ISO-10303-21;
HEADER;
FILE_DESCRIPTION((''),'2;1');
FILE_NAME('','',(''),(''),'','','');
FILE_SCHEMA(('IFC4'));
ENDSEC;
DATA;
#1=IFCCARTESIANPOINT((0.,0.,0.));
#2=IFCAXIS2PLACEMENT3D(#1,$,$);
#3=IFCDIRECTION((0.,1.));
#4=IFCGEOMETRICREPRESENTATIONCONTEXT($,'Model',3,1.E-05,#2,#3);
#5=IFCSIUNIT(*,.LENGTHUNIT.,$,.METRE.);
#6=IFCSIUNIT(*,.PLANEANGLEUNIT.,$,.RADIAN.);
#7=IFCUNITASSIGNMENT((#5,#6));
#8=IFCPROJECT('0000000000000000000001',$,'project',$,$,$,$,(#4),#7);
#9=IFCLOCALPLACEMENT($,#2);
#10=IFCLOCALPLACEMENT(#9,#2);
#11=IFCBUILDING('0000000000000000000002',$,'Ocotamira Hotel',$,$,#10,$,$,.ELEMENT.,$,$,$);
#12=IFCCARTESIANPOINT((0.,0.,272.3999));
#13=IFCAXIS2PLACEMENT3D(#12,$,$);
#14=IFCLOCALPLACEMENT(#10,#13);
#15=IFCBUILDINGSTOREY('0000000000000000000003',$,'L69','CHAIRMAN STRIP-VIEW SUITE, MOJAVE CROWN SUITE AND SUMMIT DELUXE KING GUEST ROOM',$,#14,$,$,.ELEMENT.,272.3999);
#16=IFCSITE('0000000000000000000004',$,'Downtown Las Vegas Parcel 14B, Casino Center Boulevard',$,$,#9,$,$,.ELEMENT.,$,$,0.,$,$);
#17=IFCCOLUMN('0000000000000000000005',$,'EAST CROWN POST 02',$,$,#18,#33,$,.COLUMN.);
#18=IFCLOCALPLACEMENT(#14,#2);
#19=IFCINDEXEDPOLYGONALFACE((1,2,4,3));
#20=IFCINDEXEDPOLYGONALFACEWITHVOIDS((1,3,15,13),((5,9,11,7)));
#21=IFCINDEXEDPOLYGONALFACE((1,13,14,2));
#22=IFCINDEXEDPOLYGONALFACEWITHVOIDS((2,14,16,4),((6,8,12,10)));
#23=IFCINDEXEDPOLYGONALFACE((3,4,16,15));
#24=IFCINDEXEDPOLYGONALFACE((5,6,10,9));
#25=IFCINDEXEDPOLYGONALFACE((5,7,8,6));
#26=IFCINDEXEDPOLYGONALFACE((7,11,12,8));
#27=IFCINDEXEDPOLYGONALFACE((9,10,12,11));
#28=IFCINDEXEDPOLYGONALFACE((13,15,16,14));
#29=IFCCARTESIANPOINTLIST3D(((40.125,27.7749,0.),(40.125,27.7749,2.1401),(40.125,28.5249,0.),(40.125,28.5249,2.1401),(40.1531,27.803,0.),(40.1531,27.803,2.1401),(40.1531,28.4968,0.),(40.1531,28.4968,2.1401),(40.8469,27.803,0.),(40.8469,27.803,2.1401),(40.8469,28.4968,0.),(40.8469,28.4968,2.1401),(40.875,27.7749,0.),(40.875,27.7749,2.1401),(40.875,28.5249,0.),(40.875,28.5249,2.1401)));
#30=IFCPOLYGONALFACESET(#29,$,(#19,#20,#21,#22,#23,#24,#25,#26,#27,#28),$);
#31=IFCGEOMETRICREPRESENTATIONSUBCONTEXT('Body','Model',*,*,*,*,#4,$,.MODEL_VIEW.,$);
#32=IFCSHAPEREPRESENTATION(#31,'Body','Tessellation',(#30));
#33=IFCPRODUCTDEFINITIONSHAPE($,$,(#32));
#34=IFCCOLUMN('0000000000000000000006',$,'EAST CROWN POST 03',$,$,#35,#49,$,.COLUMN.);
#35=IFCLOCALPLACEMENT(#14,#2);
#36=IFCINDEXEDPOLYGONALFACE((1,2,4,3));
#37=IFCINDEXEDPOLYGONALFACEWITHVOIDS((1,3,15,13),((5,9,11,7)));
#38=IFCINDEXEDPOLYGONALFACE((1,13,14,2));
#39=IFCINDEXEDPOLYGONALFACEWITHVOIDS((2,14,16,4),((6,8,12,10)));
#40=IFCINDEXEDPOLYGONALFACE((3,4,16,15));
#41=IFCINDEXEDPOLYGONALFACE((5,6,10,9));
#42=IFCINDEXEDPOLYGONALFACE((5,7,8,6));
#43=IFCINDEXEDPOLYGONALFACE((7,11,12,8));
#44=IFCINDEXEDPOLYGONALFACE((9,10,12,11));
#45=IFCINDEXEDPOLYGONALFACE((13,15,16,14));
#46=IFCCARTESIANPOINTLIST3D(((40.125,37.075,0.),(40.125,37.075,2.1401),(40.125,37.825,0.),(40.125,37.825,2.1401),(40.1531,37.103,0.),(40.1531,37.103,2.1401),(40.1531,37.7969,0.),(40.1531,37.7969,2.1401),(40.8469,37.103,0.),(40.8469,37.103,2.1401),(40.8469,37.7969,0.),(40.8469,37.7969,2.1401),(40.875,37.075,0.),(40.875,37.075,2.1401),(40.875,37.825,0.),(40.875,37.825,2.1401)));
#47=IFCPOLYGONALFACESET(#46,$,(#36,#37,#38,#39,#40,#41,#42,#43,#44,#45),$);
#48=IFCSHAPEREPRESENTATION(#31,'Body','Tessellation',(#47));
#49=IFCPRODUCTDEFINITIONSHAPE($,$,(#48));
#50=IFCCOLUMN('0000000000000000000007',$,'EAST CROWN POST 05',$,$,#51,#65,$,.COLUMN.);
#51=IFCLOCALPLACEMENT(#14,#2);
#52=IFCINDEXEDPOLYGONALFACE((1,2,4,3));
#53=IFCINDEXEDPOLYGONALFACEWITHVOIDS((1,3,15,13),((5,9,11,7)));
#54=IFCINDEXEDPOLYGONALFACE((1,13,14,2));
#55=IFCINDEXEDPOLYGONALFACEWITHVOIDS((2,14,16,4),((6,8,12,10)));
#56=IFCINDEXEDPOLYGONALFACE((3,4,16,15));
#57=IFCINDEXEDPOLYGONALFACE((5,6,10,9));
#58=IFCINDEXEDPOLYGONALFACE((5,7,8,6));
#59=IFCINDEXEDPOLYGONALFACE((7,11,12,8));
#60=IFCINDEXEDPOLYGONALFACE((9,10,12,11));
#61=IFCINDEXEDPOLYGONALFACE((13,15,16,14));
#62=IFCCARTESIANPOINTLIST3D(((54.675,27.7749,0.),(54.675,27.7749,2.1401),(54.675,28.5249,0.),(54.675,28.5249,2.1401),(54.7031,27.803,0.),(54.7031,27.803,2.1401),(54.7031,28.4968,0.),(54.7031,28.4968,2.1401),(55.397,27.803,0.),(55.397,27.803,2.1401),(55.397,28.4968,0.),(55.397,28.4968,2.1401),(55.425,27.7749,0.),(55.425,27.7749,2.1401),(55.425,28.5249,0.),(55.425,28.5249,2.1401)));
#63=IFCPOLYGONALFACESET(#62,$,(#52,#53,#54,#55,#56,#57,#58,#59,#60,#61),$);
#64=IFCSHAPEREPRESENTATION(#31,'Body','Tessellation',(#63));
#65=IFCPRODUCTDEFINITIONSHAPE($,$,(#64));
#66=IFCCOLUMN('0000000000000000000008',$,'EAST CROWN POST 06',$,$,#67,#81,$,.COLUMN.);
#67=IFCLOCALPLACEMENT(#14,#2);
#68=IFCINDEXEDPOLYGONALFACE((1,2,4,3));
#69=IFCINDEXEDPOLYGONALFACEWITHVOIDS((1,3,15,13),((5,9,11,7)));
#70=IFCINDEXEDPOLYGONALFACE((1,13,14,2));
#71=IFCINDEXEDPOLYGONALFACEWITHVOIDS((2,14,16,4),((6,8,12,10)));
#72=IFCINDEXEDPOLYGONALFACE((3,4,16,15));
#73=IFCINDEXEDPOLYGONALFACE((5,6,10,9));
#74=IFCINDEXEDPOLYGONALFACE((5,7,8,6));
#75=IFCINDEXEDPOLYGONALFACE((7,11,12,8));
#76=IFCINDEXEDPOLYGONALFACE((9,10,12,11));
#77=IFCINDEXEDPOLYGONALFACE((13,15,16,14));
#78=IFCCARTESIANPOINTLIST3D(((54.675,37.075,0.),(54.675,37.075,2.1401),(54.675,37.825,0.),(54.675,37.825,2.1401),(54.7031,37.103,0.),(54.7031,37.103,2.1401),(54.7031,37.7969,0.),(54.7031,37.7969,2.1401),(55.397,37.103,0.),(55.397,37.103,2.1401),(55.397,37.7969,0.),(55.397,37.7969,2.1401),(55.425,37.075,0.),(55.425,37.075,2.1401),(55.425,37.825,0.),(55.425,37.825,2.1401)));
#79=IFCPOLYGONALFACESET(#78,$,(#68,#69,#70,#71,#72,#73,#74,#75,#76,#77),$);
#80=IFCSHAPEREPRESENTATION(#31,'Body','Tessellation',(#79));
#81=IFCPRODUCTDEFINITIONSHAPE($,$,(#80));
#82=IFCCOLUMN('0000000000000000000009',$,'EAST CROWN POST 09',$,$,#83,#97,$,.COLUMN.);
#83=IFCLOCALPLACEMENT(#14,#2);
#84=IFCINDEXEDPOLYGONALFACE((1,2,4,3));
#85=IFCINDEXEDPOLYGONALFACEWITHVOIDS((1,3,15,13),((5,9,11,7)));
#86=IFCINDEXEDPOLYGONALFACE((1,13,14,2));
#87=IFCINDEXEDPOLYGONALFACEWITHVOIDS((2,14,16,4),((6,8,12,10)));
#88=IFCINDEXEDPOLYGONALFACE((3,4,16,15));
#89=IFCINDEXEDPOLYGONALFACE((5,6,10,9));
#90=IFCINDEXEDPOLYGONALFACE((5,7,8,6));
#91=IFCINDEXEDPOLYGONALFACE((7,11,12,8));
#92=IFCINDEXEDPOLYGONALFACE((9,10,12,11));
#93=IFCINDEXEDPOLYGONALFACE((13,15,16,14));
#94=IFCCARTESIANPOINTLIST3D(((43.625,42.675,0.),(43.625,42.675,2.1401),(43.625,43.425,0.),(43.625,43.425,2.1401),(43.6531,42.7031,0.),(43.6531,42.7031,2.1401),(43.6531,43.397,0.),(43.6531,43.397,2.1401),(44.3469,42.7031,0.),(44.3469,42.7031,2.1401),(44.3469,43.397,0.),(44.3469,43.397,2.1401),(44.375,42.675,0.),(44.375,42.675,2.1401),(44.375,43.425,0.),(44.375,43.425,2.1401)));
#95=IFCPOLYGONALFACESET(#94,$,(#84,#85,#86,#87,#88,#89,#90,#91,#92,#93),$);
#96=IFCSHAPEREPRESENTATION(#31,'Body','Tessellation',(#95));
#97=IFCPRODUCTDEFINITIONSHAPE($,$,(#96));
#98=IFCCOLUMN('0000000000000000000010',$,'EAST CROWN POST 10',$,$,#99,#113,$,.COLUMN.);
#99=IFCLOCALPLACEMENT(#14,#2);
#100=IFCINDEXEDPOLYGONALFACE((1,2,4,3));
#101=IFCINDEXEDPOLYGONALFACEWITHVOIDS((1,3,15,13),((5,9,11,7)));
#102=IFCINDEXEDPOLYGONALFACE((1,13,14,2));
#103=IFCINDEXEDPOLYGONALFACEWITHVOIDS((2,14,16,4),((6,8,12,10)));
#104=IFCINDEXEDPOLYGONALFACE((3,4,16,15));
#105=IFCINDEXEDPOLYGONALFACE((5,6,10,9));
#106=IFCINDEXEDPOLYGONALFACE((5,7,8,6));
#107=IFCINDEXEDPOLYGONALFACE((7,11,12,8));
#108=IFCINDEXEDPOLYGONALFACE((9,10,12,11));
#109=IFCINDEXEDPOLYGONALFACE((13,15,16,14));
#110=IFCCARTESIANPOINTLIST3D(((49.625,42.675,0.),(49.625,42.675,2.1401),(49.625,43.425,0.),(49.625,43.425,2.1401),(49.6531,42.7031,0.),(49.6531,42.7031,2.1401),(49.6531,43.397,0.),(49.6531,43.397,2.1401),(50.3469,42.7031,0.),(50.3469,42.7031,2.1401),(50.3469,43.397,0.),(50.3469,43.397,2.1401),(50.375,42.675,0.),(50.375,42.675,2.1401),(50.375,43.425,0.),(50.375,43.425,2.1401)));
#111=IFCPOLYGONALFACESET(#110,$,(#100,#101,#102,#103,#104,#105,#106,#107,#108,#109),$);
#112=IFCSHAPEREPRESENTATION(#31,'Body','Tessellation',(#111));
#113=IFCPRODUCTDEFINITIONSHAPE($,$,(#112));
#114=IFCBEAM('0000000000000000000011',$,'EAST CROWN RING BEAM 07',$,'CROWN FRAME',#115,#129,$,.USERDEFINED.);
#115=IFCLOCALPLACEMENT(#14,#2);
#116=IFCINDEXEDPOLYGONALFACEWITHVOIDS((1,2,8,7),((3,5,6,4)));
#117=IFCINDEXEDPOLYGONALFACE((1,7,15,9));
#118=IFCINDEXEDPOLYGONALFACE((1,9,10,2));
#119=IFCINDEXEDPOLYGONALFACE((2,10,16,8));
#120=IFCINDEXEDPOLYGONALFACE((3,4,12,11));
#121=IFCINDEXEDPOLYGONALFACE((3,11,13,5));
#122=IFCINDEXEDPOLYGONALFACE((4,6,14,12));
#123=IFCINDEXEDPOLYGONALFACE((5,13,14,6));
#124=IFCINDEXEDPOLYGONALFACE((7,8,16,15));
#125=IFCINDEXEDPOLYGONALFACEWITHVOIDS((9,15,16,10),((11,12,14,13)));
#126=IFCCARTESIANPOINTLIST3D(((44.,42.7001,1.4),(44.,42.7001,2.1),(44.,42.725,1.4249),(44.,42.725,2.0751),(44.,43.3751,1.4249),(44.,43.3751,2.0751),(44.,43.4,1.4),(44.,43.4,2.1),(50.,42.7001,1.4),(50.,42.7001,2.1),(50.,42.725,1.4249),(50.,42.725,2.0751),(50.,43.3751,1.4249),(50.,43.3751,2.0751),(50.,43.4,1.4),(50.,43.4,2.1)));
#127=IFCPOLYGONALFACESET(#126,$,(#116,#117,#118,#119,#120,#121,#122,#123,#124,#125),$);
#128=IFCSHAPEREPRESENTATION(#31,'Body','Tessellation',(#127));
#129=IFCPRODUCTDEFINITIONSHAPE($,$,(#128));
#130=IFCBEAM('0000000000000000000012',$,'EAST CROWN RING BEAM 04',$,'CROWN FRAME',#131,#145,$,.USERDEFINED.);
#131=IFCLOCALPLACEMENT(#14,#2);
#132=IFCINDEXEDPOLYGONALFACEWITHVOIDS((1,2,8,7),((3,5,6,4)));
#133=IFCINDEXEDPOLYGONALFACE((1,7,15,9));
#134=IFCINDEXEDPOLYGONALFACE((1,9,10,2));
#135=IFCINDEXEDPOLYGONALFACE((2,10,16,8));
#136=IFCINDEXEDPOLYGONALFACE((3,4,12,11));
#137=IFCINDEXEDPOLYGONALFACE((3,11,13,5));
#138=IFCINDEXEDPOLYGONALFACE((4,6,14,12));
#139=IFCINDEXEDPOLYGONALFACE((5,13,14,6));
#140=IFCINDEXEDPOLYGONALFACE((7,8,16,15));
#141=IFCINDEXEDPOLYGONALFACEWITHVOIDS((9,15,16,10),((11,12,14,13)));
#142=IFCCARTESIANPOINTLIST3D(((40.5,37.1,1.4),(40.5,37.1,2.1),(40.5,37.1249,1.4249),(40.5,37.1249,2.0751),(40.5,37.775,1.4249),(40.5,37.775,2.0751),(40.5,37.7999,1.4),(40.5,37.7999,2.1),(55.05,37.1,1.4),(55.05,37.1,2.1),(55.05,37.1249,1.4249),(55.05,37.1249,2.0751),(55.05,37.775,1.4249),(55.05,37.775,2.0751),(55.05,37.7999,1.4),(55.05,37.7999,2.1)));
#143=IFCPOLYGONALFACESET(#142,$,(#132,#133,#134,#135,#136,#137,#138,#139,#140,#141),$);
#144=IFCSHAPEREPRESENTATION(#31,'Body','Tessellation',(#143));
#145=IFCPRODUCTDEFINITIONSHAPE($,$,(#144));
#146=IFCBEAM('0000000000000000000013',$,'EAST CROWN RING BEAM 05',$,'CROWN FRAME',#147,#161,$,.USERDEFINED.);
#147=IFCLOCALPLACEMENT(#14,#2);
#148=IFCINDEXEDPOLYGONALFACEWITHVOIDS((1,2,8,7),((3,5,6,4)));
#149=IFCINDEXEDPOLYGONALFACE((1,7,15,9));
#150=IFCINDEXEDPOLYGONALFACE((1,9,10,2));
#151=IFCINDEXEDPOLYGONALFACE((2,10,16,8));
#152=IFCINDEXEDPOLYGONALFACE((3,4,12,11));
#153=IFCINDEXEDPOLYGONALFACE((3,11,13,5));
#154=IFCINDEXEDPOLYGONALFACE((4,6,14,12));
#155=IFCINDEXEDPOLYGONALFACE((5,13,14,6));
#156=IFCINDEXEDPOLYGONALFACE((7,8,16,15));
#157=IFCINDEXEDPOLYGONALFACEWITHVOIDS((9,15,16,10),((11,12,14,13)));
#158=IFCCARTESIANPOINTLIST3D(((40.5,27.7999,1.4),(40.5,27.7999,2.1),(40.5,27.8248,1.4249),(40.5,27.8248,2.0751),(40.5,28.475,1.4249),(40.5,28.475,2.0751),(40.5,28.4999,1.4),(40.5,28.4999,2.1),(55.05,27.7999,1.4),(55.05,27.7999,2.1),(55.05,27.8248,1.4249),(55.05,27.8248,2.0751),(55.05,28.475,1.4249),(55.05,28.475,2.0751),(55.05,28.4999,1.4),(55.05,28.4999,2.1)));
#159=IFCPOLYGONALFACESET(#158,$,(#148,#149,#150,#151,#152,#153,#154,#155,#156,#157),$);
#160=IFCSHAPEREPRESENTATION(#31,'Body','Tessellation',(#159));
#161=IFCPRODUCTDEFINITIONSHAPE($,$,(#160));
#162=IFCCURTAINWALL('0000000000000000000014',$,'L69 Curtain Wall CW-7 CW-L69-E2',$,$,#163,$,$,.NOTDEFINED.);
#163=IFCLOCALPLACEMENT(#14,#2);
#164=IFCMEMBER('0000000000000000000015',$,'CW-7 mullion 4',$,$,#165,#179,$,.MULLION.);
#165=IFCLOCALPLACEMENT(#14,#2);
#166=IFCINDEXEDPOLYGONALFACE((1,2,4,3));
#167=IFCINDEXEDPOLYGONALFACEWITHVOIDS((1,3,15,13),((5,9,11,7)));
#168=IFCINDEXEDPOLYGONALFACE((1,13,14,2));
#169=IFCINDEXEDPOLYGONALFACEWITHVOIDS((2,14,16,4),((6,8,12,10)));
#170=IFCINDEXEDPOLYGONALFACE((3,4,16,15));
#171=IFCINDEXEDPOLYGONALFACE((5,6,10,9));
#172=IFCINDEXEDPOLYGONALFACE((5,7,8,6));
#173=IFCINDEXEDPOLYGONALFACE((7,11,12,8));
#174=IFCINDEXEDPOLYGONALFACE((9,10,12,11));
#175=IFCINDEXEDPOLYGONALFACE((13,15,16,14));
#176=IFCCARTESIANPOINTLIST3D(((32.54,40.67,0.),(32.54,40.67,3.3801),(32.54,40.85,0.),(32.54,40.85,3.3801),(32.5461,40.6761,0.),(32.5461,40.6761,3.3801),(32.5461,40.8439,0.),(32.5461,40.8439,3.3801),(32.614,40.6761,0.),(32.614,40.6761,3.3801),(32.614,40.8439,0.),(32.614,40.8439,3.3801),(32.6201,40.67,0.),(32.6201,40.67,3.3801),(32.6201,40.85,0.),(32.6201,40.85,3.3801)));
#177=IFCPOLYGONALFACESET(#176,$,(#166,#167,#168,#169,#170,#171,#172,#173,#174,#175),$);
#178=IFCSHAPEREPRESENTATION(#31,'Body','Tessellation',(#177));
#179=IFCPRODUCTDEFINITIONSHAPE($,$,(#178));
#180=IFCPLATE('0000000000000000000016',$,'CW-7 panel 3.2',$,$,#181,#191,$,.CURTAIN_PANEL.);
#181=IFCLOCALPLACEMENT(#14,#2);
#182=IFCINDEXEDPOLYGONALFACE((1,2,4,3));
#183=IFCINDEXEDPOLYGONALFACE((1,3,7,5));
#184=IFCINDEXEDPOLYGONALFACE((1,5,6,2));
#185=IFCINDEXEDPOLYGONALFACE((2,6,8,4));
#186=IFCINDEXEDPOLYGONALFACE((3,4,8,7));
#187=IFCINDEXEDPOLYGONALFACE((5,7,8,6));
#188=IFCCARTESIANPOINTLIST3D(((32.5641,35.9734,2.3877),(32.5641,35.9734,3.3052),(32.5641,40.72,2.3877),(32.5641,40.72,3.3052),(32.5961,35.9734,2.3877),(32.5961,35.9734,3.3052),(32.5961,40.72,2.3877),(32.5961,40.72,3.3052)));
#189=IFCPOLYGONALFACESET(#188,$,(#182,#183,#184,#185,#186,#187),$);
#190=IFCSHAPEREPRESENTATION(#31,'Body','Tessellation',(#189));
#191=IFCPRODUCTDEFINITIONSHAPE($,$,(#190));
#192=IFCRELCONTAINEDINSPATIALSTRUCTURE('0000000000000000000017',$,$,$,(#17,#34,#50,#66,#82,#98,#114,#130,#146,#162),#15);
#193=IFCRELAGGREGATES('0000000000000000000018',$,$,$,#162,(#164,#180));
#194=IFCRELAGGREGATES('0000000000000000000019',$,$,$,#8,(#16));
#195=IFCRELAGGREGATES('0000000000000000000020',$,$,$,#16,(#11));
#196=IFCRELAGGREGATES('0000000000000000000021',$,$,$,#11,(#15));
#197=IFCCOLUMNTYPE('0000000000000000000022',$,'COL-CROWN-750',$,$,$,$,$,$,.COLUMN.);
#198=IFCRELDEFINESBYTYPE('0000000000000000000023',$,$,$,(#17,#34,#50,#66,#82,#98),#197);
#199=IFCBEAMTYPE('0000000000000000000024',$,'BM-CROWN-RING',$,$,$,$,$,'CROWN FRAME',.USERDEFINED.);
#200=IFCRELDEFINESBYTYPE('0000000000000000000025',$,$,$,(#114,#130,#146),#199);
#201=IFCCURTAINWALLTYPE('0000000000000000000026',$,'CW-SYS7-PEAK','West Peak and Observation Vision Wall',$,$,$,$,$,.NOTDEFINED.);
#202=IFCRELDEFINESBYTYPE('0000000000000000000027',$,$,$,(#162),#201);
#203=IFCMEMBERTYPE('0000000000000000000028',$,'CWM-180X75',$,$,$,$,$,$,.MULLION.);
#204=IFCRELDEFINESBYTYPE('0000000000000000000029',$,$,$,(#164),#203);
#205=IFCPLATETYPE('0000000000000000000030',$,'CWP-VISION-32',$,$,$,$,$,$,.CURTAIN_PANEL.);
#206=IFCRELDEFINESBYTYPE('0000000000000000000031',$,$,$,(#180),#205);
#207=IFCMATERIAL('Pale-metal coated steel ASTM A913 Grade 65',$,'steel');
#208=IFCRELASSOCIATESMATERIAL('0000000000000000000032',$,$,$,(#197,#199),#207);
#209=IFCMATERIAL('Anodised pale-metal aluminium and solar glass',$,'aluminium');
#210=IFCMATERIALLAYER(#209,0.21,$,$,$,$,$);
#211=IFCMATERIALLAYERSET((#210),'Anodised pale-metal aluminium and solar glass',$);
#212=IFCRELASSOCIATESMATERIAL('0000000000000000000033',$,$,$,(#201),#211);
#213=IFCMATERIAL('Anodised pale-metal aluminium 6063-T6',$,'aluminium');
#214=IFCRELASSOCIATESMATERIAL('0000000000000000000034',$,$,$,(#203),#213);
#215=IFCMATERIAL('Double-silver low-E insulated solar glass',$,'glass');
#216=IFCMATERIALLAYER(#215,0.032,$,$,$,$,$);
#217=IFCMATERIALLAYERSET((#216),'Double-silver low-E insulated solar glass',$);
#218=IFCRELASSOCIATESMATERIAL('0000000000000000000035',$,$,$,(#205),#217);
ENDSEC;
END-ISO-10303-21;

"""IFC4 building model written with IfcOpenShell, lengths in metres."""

from ifc_helpers import new_model, si_unit, direction, frame, origin, origin_2d, place, context, subcontext, project, spatial, rectangle, hollow_rectangle, extrude, source, transform, mapped, material, layer, layer_set, material_profile, profile_set, type_object, element, aggregate, save


model = new_model("IFC4")

# Units and contexts
model_context = context("Model", 3, precision=1e-05, world=origin(), true_north=direction((0.0, 1.0)))
body_context = subcontext(model_context, "Body", "Model", "MODEL_VIEW")
ifc_project = project(units=[si_unit("LENGTHUNIT", "METRE"), si_unit("PLANEANGLEUNIT", "RADIAN")], contexts=[model_context])

# Site, building, storey
site_placement = place(None, origin())
site = spatial("IfcSite", under=ifc_project, at=site_placement, Name="Downtown Las Vegas Parcel 14B, Casino Center Boulevard", CompositionType="ELEMENT", RefElevation=0.0)
building_placement = place(site_placement, origin())
building = spatial("IfcBuilding", under=site, at=building_placement, Name="Ocotamira Hotel", CompositionType="ELEMENT")
storey_placement = place(building_placement, frame((0.0, 0.0, 272.3999)))
storey = spatial("IfcBuildingStorey", under=building, at=storey_placement, Name="L69", Description="CHAIRMAN STRIP-VIEW SUITE, MOJAVE CROWN SUITE AND SUMMIT DELUXE KING GUEST ROOM", CompositionType="ELEMENT", Elevation=272.3999)

# Columns
ifc_material_1 = material(Name="Pale-metal coated steel ASTM A913 Grade 65", Category="steel")
ifc_material_profile_1 = material_profile(ifc_material_1, hollow_rectangle(XDim=0.75, YDim=0.75, WallThickness=0.0281, at=origin_2d()), Name="BOX750X750X28")
ifc_profile_set_1 = profile_set([ifc_material_profile_1], Name="Pale-metal coated steel ASTM A913 Grade 65")
column_type = type_object("IfcColumnType", Name="COL-CROWN-750", PredefinedType="COLUMN", material=ifc_profile_set_1)
shared_shape_1 = source(origin(), body_context, "Body", "SweptSolid", [
    extrude(hollow_rectangle(XDim=0.75, YDim=0.75, WallThickness=0.0281, at=origin_2d()), origin(), (0.0, 0.0, 1.0), 2.1401),
])
for number, where, z_axis, x_axis, name in (
    (1, (40.5, 28.1499, 0.0), (0.0, 0.0, 1.0), (1.0, 0.0, 0.0), "EAST CROWN POST 02"),
    (2, (40.5, 37.45, 0.0), (0.0, 0.0, 1.0), (1.0, 0.0, 0.0), "EAST CROWN POST 03"),
    (3, (55.05, 28.1499, 0.0), (0.0, 0.0, 1.0), (1.0, 0.0, 0.0), "EAST CROWN POST 05"),
    (4, (55.05, 37.45, 0.0), (0.0, 0.0, 1.0), (1.0, 0.0, 0.0), "EAST CROWN POST 06"),
    (5, (44.0, 43.05, 0.0), (0.0, 0.0, 1.0), (1.0, 0.0, 0.0), "EAST CROWN POST 09"),
    (6, (50.0, 43.05, 0.0), (0.0, 0.0, 1.0), (1.0, 0.0, 0.0), "EAST CROWN POST 10"),
):
    element("IfcColumn", number, at=place(storey_placement, frame(where, z_axis=z_axis, x_axis=x_axis)), inside=storey, type_object=column_type, Name=name, PredefinedType="COLUMN", context=body_context, shape_type="MappedRepresentation", body=[
        mapped(shared_shape_1, transform((0.0, 0.0, 0.0), scale=1.0)),
    ])

# Beams
ifc_material_profile_2 = material_profile(ifc_material_1, hollow_rectangle(XDim=0.7, YDim=0.7, WallThickness=0.0249, at=origin_2d()), Name="BOX700X700X25")
ifc_profile_set_2 = profile_set([ifc_material_profile_2], Name="Pale-metal coated steel ASTM A913 Grade 65")
beam_type = type_object("IfcBeamType", Name="BM-CROWN-RING", ElementType="CROWN FRAME", PredefinedType="USERDEFINED", material=ifc_profile_set_2)
shared_shape_2 = source(origin(), body_context, "Body", "SweptSolid", [
    extrude(hollow_rectangle(XDim=0.7, YDim=0.7, WallThickness=0.0249, at=origin_2d()), origin(), (0.0, 0.0, 1.0), 6.0),
])
beam_placement = place(storey_placement, frame((44.0, 43.05, 1.75), z_axis=(1.0, 0.0, 0.0), x_axis=(0.0, 1.0, 0.0)))
element("IfcBeam", 7, at=beam_placement, inside=storey, type_object=beam_type, Name="EAST CROWN RING BEAM 07", ObjectType="CROWN FRAME", PredefinedType="USERDEFINED", context=body_context, shape_type="MappedRepresentation", body=[
    mapped(shared_shape_2, transform((0.0, 0.0, 0.0), scale=1.0)),
])
shared_shape_3 = source(origin(), body_context, "Body", "SweptSolid", [
    extrude(hollow_rectangle(XDim=0.7, YDim=0.7, WallThickness=0.0249, at=origin_2d()), origin(), (0.0, 0.0, 1.0), 14.55),
])
for number, where, z_axis, x_axis, name in (
    (8, (40.5, 37.45, 1.75), (1.0, 0.0, 0.0), (0.0, 1.0, 0.0), "EAST CROWN RING BEAM 04"),
    (9, (40.5, 28.1499, 1.75), (1.0, 0.0, 0.0), (0.0, 1.0, 0.0), "EAST CROWN RING BEAM 05"),
):
    element("IfcBeam", number, at=place(storey_placement, frame(where, z_axis=z_axis, x_axis=x_axis)), inside=storey, type_object=beam_type, Name=name, ObjectType="CROWN FRAME", PredefinedType="USERDEFINED", context=body_context, shape_type="MappedRepresentation", body=[
        mapped(shared_shape_3, transform((0.0, 0.0, 0.0), scale=1.0)),
    ])

# Curtain wall, member, plate
ifc_material_2 = material(Name="Anodised pale-metal aluminium and solar glass", Category="aluminium")
ifc_layer_1 = layer(ifc_material_2, 0.21)
ifc_layer_set_1 = layer_set([ifc_layer_1], Name="Anodised pale-metal aluminium and solar glass")
curtain_wall_type = type_object("IfcCurtainWallType", Name="CW-SYS7-PEAK", Description="West Peak and Observation Vision Wall", PredefinedType="NOTDEFINED", material=ifc_layer_set_1)
curtain_wall_placement = place(storey_placement, origin())
curtain_wall = element("IfcCurtainWall", 10, at=curtain_wall_placement, inside=storey, type_object=curtain_wall_type, Name="L69 Curtain Wall CW-7 CW-L69-E2", PredefinedType="NOTDEFINED")
ifc_material_3 = material(Name="Anodised pale-metal aluminium 6063-T6", Category="aluminium")
ifc_material_profile_3 = material_profile(ifc_material_3, hollow_rectangle(XDim=0.0801, YDim=0.1799, WallThickness=0.0061, at=origin_2d()), Name="HSS180X80X6")
ifc_profile_set_3 = profile_set([ifc_material_profile_3], Name="Anodised pale-metal aluminium 6063-T6")
member_type = type_object("IfcMemberType", Name="CWM-180X75", PredefinedType="MULLION", material=ifc_profile_set_3)
shared_shape_4 = source(origin(), body_context, "Body", "SweptSolid", [
    extrude(hollow_rectangle(XDim=0.0801, YDim=0.1799, WallThickness=0.0061, at=origin_2d()), origin(), (0.0, 0.0, 1.0), 3.3801),
])
member_placement = place(storey_placement, frame((32.5801, 40.76, 0.0), z_axis=(0.0, 0.0, 1.0), x_axis=(-1.0, 0.0, 0.0)))
member = element("IfcMember", 11, at=member_placement, type_object=member_type, Name="CW-7 mullion 4", PredefinedType="MULLION", context=body_context, shape_type="MappedRepresentation", body=[
    mapped(shared_shape_4, transform((0.0, 0.0, 0.0), scale=1.0)),
])
ifc_material_4 = material(Name="Double-silver low-E insulated solar glass", Category="glass")
ifc_layer_2 = layer(ifc_material_4, 0.032)
ifc_layer_set_2 = layer_set([ifc_layer_2], Name="Double-silver low-E insulated solar glass")
plate_type_1 = type_object("IfcPlateType", Name="CWP-VISION-32", PredefinedType="CURTAIN_PANEL", material=ifc_layer_set_2)
shared_shape_5 = source(origin(), body_context, "Body", "SweptSolid", [
    extrude(rectangle(XDim=4.7466, YDim=0.032, at=origin_2d()), origin(), (0.0, 0.0, 1.0), 0.9175),
])
plate_1_placement = place(storey_placement, frame((32.5801, 38.3467, 2.3877), z_axis=(0.0, 0.0, 1.0), x_axis=(0.0, 1.0, 0.0)))
plate_1 = element("IfcPlate", 12, at=plate_1_placement, type_object=plate_type_1, Name="CW-7 panel 3.2", PredefinedType="CURTAIN_PANEL", context=body_context, shape_type="MappedRepresentation", body=[
    mapped(shared_shape_5, transform((0.0, 0.0, 0.0), scale=1.0)),
])
aggregate(curtain_wall, [member, plate_1])

save(model, "model.ifc")
